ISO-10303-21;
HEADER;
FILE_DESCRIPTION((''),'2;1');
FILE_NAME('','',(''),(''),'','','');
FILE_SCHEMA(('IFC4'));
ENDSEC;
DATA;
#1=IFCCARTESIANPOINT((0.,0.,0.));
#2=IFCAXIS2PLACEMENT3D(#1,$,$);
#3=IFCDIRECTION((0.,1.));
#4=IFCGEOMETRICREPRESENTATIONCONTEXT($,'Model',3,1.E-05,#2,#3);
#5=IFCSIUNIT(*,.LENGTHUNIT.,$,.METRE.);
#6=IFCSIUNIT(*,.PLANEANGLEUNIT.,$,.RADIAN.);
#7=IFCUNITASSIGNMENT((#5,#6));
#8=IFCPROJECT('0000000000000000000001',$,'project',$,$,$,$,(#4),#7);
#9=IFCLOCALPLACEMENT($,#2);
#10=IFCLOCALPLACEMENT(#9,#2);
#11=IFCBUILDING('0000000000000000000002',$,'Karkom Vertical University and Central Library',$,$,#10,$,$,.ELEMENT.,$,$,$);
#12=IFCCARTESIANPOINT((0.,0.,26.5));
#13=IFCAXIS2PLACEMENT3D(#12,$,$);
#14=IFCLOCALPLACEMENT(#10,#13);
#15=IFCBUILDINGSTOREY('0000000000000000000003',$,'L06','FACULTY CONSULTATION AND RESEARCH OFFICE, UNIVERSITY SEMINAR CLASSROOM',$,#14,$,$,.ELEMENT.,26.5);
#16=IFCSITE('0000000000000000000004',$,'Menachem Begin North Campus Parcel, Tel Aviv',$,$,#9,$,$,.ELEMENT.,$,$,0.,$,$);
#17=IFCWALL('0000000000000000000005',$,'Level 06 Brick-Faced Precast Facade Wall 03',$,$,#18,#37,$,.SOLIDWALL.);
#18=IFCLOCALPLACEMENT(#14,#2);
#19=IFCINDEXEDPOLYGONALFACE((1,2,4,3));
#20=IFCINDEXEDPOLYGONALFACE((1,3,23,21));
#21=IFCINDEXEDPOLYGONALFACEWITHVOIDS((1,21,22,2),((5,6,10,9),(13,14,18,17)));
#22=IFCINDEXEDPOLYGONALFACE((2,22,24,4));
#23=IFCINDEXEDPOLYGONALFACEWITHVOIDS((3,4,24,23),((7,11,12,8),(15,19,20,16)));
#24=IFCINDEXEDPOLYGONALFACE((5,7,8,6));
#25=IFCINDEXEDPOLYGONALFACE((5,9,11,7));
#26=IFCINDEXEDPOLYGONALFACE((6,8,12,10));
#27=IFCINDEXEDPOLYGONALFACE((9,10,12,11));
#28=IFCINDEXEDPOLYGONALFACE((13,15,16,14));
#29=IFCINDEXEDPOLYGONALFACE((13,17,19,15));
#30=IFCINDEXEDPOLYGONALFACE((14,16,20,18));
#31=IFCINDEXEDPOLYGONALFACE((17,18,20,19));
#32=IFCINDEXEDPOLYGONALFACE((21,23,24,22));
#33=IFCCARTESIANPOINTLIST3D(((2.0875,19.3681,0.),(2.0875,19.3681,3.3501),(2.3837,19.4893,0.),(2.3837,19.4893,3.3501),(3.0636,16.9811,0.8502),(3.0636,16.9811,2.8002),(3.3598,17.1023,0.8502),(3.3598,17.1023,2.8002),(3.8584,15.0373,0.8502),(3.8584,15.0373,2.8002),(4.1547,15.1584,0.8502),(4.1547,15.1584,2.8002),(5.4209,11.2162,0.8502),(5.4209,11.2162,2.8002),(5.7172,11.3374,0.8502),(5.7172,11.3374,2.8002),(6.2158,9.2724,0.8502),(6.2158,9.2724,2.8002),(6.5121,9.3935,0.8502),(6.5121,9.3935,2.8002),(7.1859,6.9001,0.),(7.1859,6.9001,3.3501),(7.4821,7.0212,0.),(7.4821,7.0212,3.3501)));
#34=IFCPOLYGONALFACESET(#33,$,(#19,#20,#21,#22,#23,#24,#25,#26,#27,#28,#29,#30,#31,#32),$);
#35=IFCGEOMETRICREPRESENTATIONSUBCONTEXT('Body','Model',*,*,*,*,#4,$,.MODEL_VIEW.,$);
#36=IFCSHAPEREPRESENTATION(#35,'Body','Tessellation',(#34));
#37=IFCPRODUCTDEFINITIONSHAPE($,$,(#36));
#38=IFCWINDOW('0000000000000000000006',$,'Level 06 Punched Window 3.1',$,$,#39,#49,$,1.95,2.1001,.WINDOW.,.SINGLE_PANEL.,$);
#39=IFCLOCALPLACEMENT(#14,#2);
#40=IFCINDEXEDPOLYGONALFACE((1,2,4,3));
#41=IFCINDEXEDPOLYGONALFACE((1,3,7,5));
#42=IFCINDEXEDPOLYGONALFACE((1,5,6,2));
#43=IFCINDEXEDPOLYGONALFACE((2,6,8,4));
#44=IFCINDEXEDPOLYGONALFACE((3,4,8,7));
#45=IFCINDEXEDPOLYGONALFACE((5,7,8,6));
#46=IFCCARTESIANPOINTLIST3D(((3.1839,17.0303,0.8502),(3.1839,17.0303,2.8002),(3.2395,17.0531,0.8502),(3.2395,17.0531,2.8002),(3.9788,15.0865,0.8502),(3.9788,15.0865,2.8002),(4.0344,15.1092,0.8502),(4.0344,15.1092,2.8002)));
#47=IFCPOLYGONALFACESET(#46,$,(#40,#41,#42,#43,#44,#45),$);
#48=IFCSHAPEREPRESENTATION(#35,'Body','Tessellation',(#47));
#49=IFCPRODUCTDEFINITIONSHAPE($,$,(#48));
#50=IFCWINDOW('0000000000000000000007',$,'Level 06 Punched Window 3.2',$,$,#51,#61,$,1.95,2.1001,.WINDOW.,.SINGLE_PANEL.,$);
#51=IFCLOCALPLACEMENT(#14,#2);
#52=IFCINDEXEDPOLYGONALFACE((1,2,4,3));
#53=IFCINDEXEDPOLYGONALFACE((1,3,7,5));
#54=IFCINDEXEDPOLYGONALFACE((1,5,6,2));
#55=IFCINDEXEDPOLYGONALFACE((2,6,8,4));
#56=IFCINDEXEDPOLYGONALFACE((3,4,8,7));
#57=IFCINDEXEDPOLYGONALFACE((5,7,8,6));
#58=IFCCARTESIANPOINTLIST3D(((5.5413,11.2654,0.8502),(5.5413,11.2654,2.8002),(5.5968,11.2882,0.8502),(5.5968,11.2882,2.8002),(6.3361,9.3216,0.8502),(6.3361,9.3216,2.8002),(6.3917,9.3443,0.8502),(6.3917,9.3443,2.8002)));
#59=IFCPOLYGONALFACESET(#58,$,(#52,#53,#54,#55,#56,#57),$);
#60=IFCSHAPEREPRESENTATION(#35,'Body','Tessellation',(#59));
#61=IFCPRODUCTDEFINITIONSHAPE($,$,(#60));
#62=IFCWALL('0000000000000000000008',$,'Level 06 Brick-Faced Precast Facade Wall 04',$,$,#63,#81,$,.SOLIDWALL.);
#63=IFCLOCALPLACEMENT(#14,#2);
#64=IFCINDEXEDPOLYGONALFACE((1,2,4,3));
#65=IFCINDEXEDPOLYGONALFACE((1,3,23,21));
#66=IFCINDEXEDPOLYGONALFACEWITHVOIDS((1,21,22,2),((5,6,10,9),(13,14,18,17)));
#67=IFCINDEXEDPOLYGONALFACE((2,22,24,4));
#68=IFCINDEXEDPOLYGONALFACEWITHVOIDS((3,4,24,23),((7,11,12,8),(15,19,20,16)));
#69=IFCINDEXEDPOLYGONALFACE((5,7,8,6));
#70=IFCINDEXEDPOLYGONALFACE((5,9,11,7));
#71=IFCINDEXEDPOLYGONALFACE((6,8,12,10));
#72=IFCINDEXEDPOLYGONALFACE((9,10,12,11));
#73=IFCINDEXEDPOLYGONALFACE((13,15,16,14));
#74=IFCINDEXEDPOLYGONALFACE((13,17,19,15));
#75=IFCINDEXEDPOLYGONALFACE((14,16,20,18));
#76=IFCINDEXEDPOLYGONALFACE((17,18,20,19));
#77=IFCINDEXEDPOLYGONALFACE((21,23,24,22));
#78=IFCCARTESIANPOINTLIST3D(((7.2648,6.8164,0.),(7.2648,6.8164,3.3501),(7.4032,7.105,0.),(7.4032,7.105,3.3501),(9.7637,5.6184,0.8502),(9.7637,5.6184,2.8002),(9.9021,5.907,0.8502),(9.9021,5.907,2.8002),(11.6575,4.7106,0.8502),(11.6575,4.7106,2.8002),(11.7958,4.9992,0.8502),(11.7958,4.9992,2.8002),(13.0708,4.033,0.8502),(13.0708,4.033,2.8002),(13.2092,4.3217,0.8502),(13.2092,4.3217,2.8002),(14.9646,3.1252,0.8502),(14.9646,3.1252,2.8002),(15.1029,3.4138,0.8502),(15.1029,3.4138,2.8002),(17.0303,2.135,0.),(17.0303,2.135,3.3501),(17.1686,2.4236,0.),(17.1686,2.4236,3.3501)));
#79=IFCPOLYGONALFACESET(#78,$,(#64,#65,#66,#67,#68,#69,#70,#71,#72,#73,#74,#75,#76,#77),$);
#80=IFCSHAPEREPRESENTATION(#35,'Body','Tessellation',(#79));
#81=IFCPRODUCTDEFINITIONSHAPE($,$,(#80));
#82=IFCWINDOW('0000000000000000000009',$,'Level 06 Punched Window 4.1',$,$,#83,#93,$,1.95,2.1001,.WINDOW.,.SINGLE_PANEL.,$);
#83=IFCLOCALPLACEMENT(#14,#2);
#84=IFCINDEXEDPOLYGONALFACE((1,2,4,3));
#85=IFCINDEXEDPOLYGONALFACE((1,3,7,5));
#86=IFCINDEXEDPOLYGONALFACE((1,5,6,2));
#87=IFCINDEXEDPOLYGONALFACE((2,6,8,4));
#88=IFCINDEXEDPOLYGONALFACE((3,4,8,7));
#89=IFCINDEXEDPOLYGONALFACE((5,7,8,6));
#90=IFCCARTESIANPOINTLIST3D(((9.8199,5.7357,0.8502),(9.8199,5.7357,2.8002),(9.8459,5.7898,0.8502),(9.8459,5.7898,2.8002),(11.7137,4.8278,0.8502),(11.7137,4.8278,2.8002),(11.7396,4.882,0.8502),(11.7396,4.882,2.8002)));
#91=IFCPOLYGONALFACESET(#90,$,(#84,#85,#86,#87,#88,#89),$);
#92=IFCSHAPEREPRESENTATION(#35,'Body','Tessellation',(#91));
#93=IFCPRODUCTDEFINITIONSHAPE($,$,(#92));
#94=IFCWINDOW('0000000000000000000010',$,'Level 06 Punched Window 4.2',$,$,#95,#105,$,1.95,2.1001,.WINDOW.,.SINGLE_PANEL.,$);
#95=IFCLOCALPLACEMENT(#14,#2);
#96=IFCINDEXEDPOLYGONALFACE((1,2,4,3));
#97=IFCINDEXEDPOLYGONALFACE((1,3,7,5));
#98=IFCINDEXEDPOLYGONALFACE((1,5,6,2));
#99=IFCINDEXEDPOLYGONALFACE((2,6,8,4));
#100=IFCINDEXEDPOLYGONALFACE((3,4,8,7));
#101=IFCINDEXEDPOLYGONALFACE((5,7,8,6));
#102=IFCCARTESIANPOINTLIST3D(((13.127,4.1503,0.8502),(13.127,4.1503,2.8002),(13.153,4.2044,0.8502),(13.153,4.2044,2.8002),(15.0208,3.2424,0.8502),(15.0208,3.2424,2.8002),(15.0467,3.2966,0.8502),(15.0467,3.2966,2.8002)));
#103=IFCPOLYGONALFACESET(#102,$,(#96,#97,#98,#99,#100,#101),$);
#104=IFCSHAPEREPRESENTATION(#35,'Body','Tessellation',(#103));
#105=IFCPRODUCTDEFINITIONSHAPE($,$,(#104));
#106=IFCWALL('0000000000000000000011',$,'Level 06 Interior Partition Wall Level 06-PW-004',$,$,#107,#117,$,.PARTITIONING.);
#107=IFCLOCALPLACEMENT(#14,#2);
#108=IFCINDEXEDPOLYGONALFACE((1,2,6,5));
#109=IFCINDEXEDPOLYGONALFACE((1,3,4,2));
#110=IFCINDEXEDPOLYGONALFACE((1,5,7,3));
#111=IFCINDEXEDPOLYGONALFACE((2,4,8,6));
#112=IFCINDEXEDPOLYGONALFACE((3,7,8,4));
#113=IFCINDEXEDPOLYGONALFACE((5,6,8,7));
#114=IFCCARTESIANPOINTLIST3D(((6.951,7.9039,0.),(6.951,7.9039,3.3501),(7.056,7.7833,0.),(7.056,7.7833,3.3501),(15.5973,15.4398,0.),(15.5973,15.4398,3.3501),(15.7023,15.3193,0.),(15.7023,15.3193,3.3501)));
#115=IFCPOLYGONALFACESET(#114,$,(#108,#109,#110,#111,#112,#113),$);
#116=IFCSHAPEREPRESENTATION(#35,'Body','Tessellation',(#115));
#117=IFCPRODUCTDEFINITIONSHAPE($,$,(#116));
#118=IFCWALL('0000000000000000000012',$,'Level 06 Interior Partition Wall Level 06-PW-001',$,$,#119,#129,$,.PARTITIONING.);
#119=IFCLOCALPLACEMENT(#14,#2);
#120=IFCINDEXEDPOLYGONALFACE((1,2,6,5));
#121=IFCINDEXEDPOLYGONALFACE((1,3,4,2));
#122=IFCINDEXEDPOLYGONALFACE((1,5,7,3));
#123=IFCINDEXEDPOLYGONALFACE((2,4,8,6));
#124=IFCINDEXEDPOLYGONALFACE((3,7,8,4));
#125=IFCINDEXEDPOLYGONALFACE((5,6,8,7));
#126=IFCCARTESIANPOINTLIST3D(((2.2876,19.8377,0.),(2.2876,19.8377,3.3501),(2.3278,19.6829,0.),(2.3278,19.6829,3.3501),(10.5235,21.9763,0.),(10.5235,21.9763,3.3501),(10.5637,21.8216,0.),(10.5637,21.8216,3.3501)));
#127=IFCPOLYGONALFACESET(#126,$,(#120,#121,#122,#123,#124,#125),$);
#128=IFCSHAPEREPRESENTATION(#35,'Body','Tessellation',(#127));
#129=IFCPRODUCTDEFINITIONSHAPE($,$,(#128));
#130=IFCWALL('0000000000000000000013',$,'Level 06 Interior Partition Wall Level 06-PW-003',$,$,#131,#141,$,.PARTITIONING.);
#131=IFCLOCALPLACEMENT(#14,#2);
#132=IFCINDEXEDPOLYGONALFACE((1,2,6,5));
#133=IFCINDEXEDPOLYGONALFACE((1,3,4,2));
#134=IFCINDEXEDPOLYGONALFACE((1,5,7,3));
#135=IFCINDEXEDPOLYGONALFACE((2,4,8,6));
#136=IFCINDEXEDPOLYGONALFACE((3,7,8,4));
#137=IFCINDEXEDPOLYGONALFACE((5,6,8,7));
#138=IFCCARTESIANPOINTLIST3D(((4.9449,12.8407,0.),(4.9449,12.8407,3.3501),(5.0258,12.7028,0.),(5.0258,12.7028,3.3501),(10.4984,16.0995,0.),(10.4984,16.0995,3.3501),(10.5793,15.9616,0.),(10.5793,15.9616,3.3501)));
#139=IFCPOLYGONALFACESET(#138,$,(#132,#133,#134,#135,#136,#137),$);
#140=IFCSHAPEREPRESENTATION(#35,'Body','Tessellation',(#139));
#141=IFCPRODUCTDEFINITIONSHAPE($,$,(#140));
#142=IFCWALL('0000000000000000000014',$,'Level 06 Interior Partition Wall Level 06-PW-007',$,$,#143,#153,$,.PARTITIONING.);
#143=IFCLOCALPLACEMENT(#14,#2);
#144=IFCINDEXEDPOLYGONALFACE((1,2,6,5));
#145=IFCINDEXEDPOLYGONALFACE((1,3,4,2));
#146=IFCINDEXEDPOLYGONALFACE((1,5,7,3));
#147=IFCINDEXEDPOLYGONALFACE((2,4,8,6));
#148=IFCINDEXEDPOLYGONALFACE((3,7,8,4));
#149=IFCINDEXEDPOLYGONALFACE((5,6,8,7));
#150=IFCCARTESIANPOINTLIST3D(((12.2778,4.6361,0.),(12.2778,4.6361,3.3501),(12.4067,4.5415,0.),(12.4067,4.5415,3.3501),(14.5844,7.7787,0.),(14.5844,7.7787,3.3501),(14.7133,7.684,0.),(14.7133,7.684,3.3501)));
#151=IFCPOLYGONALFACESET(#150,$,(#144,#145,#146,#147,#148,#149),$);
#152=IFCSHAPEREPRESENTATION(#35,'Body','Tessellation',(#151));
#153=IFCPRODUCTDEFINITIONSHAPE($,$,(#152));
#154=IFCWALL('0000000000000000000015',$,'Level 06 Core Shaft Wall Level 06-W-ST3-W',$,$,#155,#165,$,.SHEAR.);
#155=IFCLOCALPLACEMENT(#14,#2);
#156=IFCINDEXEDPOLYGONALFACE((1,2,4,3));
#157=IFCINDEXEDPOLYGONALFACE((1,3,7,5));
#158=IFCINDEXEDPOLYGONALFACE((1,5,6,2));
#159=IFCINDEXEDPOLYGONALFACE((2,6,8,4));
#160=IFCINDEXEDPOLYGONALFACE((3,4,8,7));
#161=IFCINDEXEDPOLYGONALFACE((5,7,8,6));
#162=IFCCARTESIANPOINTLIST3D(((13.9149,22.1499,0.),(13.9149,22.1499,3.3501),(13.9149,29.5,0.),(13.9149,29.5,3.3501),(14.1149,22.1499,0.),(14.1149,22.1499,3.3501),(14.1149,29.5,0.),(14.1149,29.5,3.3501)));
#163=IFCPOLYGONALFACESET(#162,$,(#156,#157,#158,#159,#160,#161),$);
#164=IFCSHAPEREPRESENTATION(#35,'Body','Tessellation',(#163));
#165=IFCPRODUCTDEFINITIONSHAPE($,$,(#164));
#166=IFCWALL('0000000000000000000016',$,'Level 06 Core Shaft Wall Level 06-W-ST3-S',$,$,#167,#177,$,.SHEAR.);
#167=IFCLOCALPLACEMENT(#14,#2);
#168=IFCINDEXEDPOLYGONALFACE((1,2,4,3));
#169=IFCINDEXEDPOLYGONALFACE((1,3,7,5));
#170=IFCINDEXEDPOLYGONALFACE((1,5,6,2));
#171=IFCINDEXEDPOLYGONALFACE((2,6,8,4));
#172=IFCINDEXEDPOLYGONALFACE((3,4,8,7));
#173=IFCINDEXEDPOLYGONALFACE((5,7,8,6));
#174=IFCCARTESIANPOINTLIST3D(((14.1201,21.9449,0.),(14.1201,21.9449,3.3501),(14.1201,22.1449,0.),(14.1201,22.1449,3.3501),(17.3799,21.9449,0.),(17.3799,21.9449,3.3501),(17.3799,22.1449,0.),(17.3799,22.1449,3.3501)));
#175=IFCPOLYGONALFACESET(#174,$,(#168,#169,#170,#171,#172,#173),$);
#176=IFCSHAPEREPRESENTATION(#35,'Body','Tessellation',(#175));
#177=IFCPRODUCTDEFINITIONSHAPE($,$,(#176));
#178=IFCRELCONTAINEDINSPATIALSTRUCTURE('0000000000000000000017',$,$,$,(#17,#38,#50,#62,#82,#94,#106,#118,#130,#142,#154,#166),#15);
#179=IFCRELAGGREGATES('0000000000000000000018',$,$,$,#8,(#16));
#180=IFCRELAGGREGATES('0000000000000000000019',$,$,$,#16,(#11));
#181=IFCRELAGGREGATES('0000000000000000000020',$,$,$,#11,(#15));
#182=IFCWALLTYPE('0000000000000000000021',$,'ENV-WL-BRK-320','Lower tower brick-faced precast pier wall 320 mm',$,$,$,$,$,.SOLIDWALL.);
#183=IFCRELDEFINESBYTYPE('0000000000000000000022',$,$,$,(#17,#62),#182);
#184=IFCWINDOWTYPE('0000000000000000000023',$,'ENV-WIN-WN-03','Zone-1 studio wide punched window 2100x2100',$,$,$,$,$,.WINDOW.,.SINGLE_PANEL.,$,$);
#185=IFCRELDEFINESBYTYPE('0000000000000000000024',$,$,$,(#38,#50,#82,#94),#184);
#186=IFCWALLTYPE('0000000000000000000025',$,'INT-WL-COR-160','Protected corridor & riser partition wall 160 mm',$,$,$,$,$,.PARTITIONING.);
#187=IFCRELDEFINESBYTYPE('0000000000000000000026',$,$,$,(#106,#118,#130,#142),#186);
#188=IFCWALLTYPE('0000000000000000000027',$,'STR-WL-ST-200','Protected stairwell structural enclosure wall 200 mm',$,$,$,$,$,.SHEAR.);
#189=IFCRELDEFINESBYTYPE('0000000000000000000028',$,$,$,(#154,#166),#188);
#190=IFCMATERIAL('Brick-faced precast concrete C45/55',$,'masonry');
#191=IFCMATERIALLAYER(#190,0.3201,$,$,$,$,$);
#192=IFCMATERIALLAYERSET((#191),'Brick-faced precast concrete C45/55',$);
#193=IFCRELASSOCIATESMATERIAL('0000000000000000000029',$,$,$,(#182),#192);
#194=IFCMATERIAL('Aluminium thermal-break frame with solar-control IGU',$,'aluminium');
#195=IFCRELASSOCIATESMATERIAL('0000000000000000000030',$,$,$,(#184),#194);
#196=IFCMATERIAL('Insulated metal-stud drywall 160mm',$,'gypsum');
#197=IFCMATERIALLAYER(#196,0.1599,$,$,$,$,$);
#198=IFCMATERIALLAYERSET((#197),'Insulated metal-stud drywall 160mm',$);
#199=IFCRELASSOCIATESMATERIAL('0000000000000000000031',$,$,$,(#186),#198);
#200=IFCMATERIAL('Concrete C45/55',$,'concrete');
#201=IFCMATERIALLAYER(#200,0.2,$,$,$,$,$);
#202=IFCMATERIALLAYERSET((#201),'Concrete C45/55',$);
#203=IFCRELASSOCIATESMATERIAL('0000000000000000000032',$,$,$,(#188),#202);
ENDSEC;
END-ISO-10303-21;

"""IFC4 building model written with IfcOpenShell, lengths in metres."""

from ifc_helpers import new_model, si_unit, direction, frame, frame_2d, origin, origin_with_axes, place, context, subcontext, project, spatial, rectangle, extrude, source, transform, mapped, material, layer, layer_set, type_object, element, fill, save


model = new_model("IFC4")

# Units and contexts
model_context = context("Model", 3, precision=1e-05, world=origin(), true_north=direction((0.0, 1.0)))
body_context = subcontext(model_context, "Body", "Model", "MODEL_VIEW")
ifc_project = project(units=[si_unit("LENGTHUNIT", "METRE"), si_unit("PLANEANGLEUNIT", "RADIAN")], contexts=[model_context])

# Site, building, storey
site_placement = place(None, origin())
site = spatial("IfcSite", under=ifc_project, at=site_placement, Name="Menachem Begin North Campus Parcel, Tel Aviv", CompositionType="ELEMENT", RefElevation=0.0)
building_placement = place(site_placement, origin())
building = spatial("IfcBuilding", under=site, at=building_placement, Name="Karkom Vertical University and Central Library", CompositionType="ELEMENT")
storey_placement = place(building_placement, frame((0.0, 0.0, 26.5)))
storey = spatial("IfcBuildingStorey", under=building, at=storey_placement, Name="L06", Description="FACULTY CONSULTATION AND RESEARCH OFFICE, UNIVERSITY SEMINAR CLASSROOM", CompositionType="ELEMENT", Elevation=26.5)

# Shared definitions
ifc_material_1 = material(Name="Concrete C45/55", Category="concrete")

# Walls, openings, windows
ifc_material_2 = material(Name="Brick-faced precast concrete C45/55", Category="masonry")
ifc_layer_1 = layer(ifc_material_2, 0.3201)
ifc_layer_set_1 = layer_set([ifc_layer_1], Name="Brick-faced precast concrete C45/55")
wall_type_1 = type_object("IfcWallType", Name="ENV-WL-BRK-320", Description="Lower tower brick-faced precast pier wall 320 mm", PredefinedType="SOLIDWALL", material=ifc_layer_set_1)
wall_1_placement = place(storey_placement, frame((2.2356, 19.4287, 0.0), z_axis=(0.0, 0.0, 1.0), x_axis=(0.378495, -0.925603, 0.0)))
wall_1 = element("IfcWall", 1, at=wall_1_placement, inside=storey, type_object=wall_type_1, Name="Level 06 Brick-Faced Precast Facade Wall 03", PredefinedType="SOLIDWALL", context=body_context, shape_type="SweptSolid", body=[
    extrude(rectangle(XDim=13.4702, YDim=0.3201, at=frame_2d((6.7351, 0.0))), origin(), (0.0, 0.0, 1.0), 3.3501),
])
opening_1_placement = place(wall_1_placement, frame((2.5789, 0.0, 0.8501)))
opening_1 = element("IfcOpeningElement", 2, at=opening_1_placement, cuts=wall_1, PredefinedType="OPENING", context=body_context, shape_type="SweptSolid", body=[
    extrude(rectangle(XDim=2.1001, YDim=1.95, at=frame_2d((1.05, 0.9751))), frame((0.0, 0.1699, 0.0), z_axis=(0.0, -1.0, 0.0), x_axis=(1.0, 0.0, 0.0)), (0.0, 0.0, 1.0), 0.3401),
])
opening_2_placement = place(wall_1_placement, frame((8.8071, 0.0, 0.8501)))
opening_2 = element("IfcOpeningElement", 3, at=opening_2_placement, cuts=wall_1, PredefinedType="OPENING", context=body_context, shape_type="SweptSolid", body=[
    extrude(rectangle(XDim=2.1001, YDim=1.95, at=frame_2d((1.05, 0.9751))), frame((0.0, 0.1699, 0.0), z_axis=(0.0, -1.0, 0.0), x_axis=(1.0, 0.0, 0.0)), (0.0, 0.0, 1.0), 0.3401),
])
ifc_material_3 = material(Name="Aluminium thermal-break frame with solar-control IGU", Category="aluminium")
window_type = type_object("IfcWindowType", Name="ENV-WIN-WN-03", Description="Zone-1 studio wide punched window 2100x2100", PartitioningType="SINGLE_PANEL", PredefinedType="WINDOW", material=ifc_material_3)
shared_shape_1 = source(origin_with_axes(), body_context, "Body", "SweptSolid", [
    extrude(rectangle(XDim=2.1001, YDim=1.95, at=frame_2d((1.05, 0.9751))), frame((0.0, 0.03, 0.0), z_axis=(0.0, -1.0, 0.0), x_axis=(1.0, 0.0, 0.0)), (0.0, 0.0, 1.0), 0.0601),
])
window_1_placement = place(opening_1_placement, origin())
window_1 = element("IfcWindow", 4, at=window_1_placement, inside=storey, type_object=window_type, Name="Level 06 Punched Window 3.1", OverallHeight=1.95, OverallWidth=2.1001, PartitioningType="SINGLE_PANEL", PredefinedType="WINDOW", context=body_context, shape_type="MappedRepresentation", body=[
    mapped(shared_shape_1, transform((0.0, 0.0, 0.0), scale=1.0)),
])
fill(opening_1, window_1)
window_2_placement = place(opening_2_placement, origin())
window_2 = element("IfcWindow", 5, at=window_2_placement, inside=storey, type_object=window_type, Name="Level 06 Punched Window 3.2", OverallHeight=1.95, OverallWidth=2.1001, PartitioningType="SINGLE_PANEL", PredefinedType="WINDOW", context=body_context, shape_type="MappedRepresentation", body=[
    mapped(shared_shape_1, transform((0.0, 0.0, 0.0), scale=1.0)),
])
fill(opening_2, window_2)
wall_2_placement = place(storey_placement, frame((7.334, 6.9607, 0.0), z_axis=(0.0, 0.0, 1.0), x_axis=(0.901739, -0.432282, 0.0)))
wall_2 = element("IfcWall", 6, at=wall_2_placement, inside=storey, type_object=wall_type_1, Name="Level 06 Brick-Faced Precast Facade Wall 04", PredefinedType="SOLIDWALL", context=body_context, shape_type="SweptSolid", body=[
    extrude(rectangle(XDim=10.8296, YDim=0.3201, at=frame_2d((5.4148, 0.0))), origin(), (0.0, 0.0, 1.0), 3.3501),
])
opening_3_placement = place(wall_2_placement, frame((2.7712, 0.0, 0.8501)))
opening_3 = element("IfcOpeningElement", 7, at=opening_3_placement, cuts=wall_2, PredefinedType="OPENING", context=body_context, shape_type="SweptSolid", body=[
    extrude(rectangle(XDim=2.1001, YDim=1.95, at=frame_2d((1.05, 0.9751))), frame((0.0, 0.1699, 0.0), z_axis=(0.0, -1.0, 0.0), x_axis=(1.0, 0.0, 0.0)), (0.0, 0.0, 1.0), 0.3401),
])
opening_4_placement = place(wall_2_placement, frame((6.4387, 0.0, 0.8501)))
opening_4 = element("IfcOpeningElement", 8, at=opening_4_placement, cuts=wall_2, PredefinedType="OPENING", context=body_context, shape_type="SweptSolid", body=[
    extrude(rectangle(XDim=2.1001, YDim=1.95, at=frame_2d((1.05, 0.9751))), frame((0.0, 0.1699, 0.0), z_axis=(0.0, -1.0, 0.0), x_axis=(1.0, 0.0, 0.0)), (0.0, 0.0, 1.0), 0.3401),
])
window_3_placement = place(opening_3_placement, origin())
window_3 = element("IfcWindow", 9, at=window_3_placement, inside=storey, type_object=window_type, Name="Level 06 Punched Window 4.1", OverallHeight=1.95, OverallWidth=2.1001, PartitioningType="SINGLE_PANEL", PredefinedType="WINDOW", context=body_context, shape_type="MappedRepresentation", body=[
    mapped(shared_shape_1, transform((0.0, 0.0, 0.0), scale=1.0)),
])
fill(opening_3, window_3)
window_4_placement = place(opening_4_placement, origin())
window_4 = element("IfcWindow", 10, at=window_4_placement, inside=storey, type_object=window_type, Name="Level 06 Punched Window 4.2", OverallHeight=1.95, OverallWidth=2.1001, PartitioningType="SINGLE_PANEL", PredefinedType="WINDOW", context=body_context, shape_type="MappedRepresentation", body=[
    mapped(shared_shape_1, transform((0.0, 0.0, 0.0), scale=1.0)),
])
fill(opening_4, window_4)

# Shared definitions
ifc_material_4 = material(Name="Insulated metal-stud drywall 160mm", Category="gypsum")
ifc_layer_2 = layer(ifc_material_4, 0.1599)
ifc_layer_set_2 = layer_set([ifc_layer_2], Name="Insulated metal-stud drywall 160mm")
wall_type_2 = type_object("IfcWallType", Name="INT-WL-COR-160", Description="Protected corridor & riser partition wall 160 mm", PredefinedType="PARTITIONING", material=ifc_layer_set_2)

# Walls
wall_3_placement = place(storey_placement, frame((15.6499, 15.3796, 0.0), z_axis=(0.0, 0.0, 1.0), x_axis=(-0.753853, -0.657043, 0.0)))
element("IfcWall", 11, at=wall_3_placement, inside=storey, type_object=wall_type_2, Name="Level 06 Interior Partition Wall Level 06-PW-004", PredefinedType="PARTITIONING", context=body_context, shape_type="SweptSolid", body=[
    extrude(rectangle(XDim=11.4695, YDim=0.1599, at=frame_2d((5.7349, 0.0))), origin(), (0.0, 0.0, 1.0), 3.3501),
])
wall_4_placement = place(storey_placement, frame((10.5435, 21.8989, 0.0), z_axis=(0.0, 0.0, 1.0), x_axis=(-0.967898, -0.251343, 0.0)))
element("IfcWall", 12, at=wall_4_placement, inside=storey, type_object=wall_type_2, Name="Level 06 Interior Partition Wall Level 06-PW-001", PredefinedType="PARTITIONING", context=body_context, shape_type="SweptSolid", body=[
    extrude(rectangle(XDim=8.509, YDim=0.1599, at=frame_2d((4.2544, 0.0))), origin(), (0.0, 0.0, 1.0), 3.3501),
])
wall_5_placement = place(storey_placement, frame((10.5388, 16.0305, 0.0), z_axis=(0.0, 0.0, 1.0), x_axis=(-0.862474, -0.506102, 0.0)))
element("IfcWall", 13, at=wall_5_placement, inside=storey, type_object=wall_type_2, Name="Level 06 Interior Partition Wall Level 06-PW-003", PredefinedType="PARTITIONING", context=body_context, shape_type="SweptSolid", body=[
    extrude(rectangle(XDim=6.439, YDim=0.1599, at=frame_2d((3.2195, 0.0))), origin(), (0.0, 0.0, 1.0), 3.3501),
])
wall_6_placement = place(storey_placement, frame((14.6489, 7.7314, 0.0), z_axis=(0.0, 0.0, 1.0), x_axis=(-0.591711, -0.80615, 0.0)))
element("IfcWall", 14, at=wall_6_placement, inside=storey, type_object=wall_type_2, Name="Level 06 Interior Partition Wall Level 06-PW-007", PredefinedType="PARTITIONING", context=body_context, shape_type="SweptSolid", body=[
    extrude(rectangle(XDim=3.8982, YDim=0.1599, at=frame_2d((1.9492, 0.0))), origin(), (0.0, 0.0, 1.0), 3.3501),
])
ifc_layer_3 = layer(ifc_material_1, 0.2)
ifc_layer_set_3 = layer_set([ifc_layer_3], Name="Concrete C45/55")
wall_type_3 = type_object("IfcWallType", Name="STR-WL-ST-200", Description="Protected stairwell structural enclosure wall 200 mm", PredefinedType="SHEAR", material=ifc_layer_set_3)
wall_7_placement = place(storey_placement, frame((14.0149, 22.1499, 0.0), z_axis=(0.0, 0.0, 1.0), x_axis=(0.0, 1.0, 0.0)))
element("IfcWall", 15, at=wall_7_placement, inside=storey, type_object=wall_type_3, Name="Level 06 Core Shaft Wall Level 06-W-ST3-W", PredefinedType="SHEAR", context=body_context, shape_type="SweptSolid", body=[
    extrude(rectangle(XDim=7.3501, YDim=0.2, at=frame_2d((3.675, 0.0))), origin(), (0.0, 0.0, 1.0), 3.3501),
])
wall_8_placement = place(storey_placement, frame((14.1201, 22.0449, 0.0), z_axis=(0.0, 0.0, 1.0), x_axis=(1.0, 0.0, 0.0)))
element("IfcWall", 16, at=wall_8_placement, inside=storey, type_object=wall_type_3, Name="Level 06 Core Shaft Wall Level 06-W-ST3-S", PredefinedType="SHEAR", context=body_context, shape_type="SweptSolid", body=[
    extrude(rectangle(XDim=3.2598, YDim=0.2, at=frame_2d((1.6299, 0.0))), origin(), (0.0, 0.0, 1.0), 3.3501),
])

save(model, "model.ifc")
